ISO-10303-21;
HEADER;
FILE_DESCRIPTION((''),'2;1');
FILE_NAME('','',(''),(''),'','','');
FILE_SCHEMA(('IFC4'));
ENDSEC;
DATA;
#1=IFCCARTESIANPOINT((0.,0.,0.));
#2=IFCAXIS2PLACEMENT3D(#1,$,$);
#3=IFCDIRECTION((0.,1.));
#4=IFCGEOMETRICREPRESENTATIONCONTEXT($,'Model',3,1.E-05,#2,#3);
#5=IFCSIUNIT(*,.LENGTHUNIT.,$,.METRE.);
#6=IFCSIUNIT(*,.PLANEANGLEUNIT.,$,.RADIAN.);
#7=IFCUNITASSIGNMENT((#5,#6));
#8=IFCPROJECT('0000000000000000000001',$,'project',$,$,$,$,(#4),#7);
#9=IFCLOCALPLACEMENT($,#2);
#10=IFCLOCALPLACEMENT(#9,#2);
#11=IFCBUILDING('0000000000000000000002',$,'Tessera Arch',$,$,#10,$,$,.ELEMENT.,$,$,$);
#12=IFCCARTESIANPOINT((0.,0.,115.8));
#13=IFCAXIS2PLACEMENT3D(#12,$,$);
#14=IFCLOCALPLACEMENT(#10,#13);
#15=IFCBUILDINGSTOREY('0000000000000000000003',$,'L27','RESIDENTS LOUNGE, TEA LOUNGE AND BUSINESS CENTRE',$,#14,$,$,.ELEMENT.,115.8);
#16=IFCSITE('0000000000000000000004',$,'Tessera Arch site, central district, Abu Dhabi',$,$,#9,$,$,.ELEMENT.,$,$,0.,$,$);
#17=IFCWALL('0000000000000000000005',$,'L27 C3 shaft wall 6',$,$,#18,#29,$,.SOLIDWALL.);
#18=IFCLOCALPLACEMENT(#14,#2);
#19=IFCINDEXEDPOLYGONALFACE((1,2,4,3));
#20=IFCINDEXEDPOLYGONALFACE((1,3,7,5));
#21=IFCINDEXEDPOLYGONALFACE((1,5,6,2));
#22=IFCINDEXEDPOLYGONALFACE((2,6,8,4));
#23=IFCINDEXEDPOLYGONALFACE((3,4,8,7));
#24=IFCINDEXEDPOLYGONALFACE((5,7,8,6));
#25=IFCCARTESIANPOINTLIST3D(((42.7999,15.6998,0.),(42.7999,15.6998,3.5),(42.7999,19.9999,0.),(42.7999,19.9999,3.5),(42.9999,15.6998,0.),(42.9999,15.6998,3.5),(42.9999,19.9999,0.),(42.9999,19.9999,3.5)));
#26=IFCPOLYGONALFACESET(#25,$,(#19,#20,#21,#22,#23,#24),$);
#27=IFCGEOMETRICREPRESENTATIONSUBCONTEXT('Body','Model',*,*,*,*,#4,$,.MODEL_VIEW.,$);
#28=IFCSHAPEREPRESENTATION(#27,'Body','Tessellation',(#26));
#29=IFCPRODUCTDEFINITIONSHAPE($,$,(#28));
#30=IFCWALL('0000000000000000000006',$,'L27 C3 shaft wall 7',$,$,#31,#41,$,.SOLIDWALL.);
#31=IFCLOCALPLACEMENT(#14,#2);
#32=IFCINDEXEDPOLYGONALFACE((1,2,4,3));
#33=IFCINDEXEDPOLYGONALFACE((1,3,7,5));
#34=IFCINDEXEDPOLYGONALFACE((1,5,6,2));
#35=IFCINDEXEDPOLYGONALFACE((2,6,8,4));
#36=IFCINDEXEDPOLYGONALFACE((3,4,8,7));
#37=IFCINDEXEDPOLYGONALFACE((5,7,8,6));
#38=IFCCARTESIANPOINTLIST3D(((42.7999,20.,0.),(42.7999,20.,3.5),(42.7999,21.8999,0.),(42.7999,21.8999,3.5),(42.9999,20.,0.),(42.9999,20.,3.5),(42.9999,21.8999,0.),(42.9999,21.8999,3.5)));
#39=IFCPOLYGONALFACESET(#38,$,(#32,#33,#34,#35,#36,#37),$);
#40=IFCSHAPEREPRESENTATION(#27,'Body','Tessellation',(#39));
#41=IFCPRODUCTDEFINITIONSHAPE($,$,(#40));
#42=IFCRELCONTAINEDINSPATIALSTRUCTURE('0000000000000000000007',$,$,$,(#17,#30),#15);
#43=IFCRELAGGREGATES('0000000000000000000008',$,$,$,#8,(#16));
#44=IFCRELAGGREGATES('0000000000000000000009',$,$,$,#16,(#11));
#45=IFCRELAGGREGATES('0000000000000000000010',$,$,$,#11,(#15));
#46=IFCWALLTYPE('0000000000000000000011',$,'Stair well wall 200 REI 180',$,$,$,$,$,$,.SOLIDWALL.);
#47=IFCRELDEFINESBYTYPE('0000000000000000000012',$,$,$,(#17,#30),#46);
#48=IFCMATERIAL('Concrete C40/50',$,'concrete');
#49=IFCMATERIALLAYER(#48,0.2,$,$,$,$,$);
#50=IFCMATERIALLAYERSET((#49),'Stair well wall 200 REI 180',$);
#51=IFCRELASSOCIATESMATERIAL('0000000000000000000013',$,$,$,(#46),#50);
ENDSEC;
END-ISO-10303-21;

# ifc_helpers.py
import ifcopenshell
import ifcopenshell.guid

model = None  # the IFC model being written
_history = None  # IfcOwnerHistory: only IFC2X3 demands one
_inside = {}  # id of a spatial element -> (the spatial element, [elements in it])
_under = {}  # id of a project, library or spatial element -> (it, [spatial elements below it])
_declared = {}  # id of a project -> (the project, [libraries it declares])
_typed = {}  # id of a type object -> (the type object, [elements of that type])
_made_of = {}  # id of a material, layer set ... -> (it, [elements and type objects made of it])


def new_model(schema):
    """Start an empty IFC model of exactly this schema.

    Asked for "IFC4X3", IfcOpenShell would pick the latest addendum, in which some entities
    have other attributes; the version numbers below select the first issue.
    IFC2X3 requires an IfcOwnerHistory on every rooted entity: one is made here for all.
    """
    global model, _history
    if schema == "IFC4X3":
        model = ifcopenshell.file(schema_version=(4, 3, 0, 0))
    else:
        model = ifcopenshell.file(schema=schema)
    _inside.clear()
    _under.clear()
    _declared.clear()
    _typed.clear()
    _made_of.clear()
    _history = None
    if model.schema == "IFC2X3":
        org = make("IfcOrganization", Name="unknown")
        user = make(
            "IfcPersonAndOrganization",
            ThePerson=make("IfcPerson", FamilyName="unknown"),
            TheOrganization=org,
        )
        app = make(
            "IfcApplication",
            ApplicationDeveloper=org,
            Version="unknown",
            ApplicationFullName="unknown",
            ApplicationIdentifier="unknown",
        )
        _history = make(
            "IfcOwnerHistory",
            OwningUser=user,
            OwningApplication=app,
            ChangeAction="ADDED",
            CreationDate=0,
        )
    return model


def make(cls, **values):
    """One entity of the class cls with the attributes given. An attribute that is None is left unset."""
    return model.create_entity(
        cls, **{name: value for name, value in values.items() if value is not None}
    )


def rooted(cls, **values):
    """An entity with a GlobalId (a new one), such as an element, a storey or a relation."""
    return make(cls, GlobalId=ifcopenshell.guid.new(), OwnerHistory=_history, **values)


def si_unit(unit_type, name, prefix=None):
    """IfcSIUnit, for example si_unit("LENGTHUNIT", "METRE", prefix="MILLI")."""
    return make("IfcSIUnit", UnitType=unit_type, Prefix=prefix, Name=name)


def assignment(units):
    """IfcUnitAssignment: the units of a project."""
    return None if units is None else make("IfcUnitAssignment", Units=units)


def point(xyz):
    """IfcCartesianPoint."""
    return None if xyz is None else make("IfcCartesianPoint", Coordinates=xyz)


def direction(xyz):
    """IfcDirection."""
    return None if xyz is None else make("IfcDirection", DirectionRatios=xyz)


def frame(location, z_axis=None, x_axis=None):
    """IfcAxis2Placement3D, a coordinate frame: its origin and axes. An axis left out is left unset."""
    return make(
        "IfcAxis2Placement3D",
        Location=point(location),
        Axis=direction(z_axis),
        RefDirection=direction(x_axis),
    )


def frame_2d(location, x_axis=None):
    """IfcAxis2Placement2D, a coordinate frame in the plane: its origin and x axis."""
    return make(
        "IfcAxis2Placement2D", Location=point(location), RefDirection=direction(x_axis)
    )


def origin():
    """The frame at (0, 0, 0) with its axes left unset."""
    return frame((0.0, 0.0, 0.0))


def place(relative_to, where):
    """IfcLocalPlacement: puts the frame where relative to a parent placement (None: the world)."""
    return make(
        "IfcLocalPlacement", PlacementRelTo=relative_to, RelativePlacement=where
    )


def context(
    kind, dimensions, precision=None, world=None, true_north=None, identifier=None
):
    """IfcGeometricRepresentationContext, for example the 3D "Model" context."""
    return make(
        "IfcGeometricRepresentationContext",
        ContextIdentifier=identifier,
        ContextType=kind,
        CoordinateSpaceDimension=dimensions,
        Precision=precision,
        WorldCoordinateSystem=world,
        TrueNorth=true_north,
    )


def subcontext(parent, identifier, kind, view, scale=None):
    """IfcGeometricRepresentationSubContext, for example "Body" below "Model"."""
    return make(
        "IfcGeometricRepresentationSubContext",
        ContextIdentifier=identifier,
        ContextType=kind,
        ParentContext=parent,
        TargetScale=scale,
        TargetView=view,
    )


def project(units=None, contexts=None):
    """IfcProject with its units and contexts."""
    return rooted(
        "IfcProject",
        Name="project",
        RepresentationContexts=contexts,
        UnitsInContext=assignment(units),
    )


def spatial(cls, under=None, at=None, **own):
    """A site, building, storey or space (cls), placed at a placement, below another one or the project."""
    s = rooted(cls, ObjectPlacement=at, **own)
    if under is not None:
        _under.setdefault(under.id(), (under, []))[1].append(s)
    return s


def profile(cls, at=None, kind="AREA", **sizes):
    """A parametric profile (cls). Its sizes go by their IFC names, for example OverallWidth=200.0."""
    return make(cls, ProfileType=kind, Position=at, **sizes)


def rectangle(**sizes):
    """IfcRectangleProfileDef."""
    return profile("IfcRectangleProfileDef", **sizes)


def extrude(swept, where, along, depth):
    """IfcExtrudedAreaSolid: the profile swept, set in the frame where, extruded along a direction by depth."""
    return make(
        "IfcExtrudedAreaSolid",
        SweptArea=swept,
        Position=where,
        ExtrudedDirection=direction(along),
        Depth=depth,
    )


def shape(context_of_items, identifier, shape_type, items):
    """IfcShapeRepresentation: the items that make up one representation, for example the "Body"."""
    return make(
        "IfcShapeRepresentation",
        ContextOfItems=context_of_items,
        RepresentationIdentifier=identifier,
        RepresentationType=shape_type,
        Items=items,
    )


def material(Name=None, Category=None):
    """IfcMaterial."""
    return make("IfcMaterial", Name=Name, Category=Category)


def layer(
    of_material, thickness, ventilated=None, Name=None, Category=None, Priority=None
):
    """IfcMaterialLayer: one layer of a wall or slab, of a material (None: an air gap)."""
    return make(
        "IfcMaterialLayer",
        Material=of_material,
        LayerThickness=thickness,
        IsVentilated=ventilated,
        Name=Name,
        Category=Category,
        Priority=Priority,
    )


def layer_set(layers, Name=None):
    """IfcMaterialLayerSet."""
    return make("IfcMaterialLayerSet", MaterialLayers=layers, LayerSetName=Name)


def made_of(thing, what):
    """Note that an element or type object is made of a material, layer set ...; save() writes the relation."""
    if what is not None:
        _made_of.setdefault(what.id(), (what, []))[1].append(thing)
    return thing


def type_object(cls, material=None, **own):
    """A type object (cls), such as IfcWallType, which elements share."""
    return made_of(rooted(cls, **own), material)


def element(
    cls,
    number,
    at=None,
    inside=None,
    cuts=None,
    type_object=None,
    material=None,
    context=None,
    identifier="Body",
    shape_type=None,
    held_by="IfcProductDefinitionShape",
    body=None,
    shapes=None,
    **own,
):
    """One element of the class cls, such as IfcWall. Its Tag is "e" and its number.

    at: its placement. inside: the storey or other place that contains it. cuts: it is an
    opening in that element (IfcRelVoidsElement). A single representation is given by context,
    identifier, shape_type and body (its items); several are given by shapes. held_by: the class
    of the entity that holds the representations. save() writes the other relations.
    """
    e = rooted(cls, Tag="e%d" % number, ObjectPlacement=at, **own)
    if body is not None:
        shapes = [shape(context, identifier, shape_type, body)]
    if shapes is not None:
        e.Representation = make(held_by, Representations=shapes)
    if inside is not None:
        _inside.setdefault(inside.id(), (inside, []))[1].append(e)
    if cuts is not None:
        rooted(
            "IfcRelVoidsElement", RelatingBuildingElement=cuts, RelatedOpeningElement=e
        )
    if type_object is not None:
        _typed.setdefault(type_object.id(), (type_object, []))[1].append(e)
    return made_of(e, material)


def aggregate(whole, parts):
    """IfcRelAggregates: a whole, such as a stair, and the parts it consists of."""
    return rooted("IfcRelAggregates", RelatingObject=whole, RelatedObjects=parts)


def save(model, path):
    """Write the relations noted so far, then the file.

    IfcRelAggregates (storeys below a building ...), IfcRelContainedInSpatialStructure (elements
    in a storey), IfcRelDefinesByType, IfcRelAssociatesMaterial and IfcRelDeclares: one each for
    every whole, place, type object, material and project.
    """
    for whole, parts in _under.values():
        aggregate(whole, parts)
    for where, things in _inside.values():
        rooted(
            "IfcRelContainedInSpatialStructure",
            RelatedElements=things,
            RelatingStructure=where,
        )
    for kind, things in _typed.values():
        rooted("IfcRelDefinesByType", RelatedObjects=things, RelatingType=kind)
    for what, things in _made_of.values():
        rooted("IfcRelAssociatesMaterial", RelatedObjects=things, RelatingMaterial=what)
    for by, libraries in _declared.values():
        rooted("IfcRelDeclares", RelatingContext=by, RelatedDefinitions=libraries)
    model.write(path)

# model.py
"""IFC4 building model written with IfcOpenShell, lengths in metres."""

from ifc_helpers import new_model, si_unit, direction, frame, frame_2d, origin, place, context, subcontext, project, spatial, rectangle, extrude, material, layer, layer_set, type_object, element, save


model = new_model("IFC4")

# Units and contexts
model_context = context("Model", 3, precision=1e-05, world=origin(), true_north=direction((0.0, 1.0)))
body_context = subcontext(model_context, "Body", "Model", "MODEL_VIEW")
ifc_project = project(units=[si_unit("LENGTHUNIT", "METRE"), si_unit("PLANEANGLEUNIT", "RADIAN")], contexts=[model_context])

# Site, building, storey
site_placement = place(None, origin())
site = spatial("IfcSite", under=ifc_project, at=site_placement, Name="Tessera Arch site, central district, Abu Dhabi", CompositionType="ELEMENT", RefElevation=0.0)
building_placement = place(site_placement, origin())
building = spatial("IfcBuilding", under=site, at=building_placement, Name="Tessera Arch", CompositionType="ELEMENT")
storey_placement = place(building_placement, frame((0.0, 0.0, 115.8)))
storey = spatial("IfcBuildingStorey", under=building, at=storey_placement, Name="L27", Description="RESIDENTS LOUNGE, TEA LOUNGE AND BUSINESS CENTRE", CompositionType="ELEMENT", Elevation=115.8)

# Walls
ifc_material_1 = material(Name="Concrete C40/50", Category="concrete")
ifc_layer_1 = layer(ifc_material_1, 0.2)
ifc_layer_set_1 = layer_set([ifc_layer_1], Name="Stair well wall 200 REI 180")
wall_type_1 = type_object("IfcWallType", Name="Stair well wall 200 REI 180", PredefinedType="SOLIDWALL", material=ifc_layer_set_1)
wall_1_placement = place(storey_placement, frame((42.8999, 15.7, 0.0), z_axis=(0.0, 0.0, 1.0), x_axis=(0.0, 1.0, 0.0)))
element("IfcWall", 1, at=wall_1_placement, inside=storey, type_object=wall_type_1, Name="L27 C3 shaft wall 6", PredefinedType="SOLIDWALL", context=body_context, shape_type="SweptSolid", body=[
    extrude(rectangle(XDim=4.3, YDim=0.2, at=frame_2d((2.1499, 0.0))), origin(), (0.0, 0.0, 1.0), 3.5),
])
wall_2_placement = place(storey_placement, frame((42.8999, 20.0, 0.0), z_axis=(0.0, 0.0, 1.0), x_axis=(0.0, 1.0, 0.0)))
element("IfcWall", 2, at=wall_2_placement, inside=storey, type_object=wall_type_1, Name="L27 C3 shaft wall 7", PredefinedType="SOLIDWALL", context=body_context, shape_type="SweptSolid", body=[
    extrude(rectangle(XDim=1.8999, YDim=0.2, at=frame_2d((0.95, 0.0))), origin(), (0.0, 0.0, 1.0), 3.5),
])

save(model, "model.ifc")
